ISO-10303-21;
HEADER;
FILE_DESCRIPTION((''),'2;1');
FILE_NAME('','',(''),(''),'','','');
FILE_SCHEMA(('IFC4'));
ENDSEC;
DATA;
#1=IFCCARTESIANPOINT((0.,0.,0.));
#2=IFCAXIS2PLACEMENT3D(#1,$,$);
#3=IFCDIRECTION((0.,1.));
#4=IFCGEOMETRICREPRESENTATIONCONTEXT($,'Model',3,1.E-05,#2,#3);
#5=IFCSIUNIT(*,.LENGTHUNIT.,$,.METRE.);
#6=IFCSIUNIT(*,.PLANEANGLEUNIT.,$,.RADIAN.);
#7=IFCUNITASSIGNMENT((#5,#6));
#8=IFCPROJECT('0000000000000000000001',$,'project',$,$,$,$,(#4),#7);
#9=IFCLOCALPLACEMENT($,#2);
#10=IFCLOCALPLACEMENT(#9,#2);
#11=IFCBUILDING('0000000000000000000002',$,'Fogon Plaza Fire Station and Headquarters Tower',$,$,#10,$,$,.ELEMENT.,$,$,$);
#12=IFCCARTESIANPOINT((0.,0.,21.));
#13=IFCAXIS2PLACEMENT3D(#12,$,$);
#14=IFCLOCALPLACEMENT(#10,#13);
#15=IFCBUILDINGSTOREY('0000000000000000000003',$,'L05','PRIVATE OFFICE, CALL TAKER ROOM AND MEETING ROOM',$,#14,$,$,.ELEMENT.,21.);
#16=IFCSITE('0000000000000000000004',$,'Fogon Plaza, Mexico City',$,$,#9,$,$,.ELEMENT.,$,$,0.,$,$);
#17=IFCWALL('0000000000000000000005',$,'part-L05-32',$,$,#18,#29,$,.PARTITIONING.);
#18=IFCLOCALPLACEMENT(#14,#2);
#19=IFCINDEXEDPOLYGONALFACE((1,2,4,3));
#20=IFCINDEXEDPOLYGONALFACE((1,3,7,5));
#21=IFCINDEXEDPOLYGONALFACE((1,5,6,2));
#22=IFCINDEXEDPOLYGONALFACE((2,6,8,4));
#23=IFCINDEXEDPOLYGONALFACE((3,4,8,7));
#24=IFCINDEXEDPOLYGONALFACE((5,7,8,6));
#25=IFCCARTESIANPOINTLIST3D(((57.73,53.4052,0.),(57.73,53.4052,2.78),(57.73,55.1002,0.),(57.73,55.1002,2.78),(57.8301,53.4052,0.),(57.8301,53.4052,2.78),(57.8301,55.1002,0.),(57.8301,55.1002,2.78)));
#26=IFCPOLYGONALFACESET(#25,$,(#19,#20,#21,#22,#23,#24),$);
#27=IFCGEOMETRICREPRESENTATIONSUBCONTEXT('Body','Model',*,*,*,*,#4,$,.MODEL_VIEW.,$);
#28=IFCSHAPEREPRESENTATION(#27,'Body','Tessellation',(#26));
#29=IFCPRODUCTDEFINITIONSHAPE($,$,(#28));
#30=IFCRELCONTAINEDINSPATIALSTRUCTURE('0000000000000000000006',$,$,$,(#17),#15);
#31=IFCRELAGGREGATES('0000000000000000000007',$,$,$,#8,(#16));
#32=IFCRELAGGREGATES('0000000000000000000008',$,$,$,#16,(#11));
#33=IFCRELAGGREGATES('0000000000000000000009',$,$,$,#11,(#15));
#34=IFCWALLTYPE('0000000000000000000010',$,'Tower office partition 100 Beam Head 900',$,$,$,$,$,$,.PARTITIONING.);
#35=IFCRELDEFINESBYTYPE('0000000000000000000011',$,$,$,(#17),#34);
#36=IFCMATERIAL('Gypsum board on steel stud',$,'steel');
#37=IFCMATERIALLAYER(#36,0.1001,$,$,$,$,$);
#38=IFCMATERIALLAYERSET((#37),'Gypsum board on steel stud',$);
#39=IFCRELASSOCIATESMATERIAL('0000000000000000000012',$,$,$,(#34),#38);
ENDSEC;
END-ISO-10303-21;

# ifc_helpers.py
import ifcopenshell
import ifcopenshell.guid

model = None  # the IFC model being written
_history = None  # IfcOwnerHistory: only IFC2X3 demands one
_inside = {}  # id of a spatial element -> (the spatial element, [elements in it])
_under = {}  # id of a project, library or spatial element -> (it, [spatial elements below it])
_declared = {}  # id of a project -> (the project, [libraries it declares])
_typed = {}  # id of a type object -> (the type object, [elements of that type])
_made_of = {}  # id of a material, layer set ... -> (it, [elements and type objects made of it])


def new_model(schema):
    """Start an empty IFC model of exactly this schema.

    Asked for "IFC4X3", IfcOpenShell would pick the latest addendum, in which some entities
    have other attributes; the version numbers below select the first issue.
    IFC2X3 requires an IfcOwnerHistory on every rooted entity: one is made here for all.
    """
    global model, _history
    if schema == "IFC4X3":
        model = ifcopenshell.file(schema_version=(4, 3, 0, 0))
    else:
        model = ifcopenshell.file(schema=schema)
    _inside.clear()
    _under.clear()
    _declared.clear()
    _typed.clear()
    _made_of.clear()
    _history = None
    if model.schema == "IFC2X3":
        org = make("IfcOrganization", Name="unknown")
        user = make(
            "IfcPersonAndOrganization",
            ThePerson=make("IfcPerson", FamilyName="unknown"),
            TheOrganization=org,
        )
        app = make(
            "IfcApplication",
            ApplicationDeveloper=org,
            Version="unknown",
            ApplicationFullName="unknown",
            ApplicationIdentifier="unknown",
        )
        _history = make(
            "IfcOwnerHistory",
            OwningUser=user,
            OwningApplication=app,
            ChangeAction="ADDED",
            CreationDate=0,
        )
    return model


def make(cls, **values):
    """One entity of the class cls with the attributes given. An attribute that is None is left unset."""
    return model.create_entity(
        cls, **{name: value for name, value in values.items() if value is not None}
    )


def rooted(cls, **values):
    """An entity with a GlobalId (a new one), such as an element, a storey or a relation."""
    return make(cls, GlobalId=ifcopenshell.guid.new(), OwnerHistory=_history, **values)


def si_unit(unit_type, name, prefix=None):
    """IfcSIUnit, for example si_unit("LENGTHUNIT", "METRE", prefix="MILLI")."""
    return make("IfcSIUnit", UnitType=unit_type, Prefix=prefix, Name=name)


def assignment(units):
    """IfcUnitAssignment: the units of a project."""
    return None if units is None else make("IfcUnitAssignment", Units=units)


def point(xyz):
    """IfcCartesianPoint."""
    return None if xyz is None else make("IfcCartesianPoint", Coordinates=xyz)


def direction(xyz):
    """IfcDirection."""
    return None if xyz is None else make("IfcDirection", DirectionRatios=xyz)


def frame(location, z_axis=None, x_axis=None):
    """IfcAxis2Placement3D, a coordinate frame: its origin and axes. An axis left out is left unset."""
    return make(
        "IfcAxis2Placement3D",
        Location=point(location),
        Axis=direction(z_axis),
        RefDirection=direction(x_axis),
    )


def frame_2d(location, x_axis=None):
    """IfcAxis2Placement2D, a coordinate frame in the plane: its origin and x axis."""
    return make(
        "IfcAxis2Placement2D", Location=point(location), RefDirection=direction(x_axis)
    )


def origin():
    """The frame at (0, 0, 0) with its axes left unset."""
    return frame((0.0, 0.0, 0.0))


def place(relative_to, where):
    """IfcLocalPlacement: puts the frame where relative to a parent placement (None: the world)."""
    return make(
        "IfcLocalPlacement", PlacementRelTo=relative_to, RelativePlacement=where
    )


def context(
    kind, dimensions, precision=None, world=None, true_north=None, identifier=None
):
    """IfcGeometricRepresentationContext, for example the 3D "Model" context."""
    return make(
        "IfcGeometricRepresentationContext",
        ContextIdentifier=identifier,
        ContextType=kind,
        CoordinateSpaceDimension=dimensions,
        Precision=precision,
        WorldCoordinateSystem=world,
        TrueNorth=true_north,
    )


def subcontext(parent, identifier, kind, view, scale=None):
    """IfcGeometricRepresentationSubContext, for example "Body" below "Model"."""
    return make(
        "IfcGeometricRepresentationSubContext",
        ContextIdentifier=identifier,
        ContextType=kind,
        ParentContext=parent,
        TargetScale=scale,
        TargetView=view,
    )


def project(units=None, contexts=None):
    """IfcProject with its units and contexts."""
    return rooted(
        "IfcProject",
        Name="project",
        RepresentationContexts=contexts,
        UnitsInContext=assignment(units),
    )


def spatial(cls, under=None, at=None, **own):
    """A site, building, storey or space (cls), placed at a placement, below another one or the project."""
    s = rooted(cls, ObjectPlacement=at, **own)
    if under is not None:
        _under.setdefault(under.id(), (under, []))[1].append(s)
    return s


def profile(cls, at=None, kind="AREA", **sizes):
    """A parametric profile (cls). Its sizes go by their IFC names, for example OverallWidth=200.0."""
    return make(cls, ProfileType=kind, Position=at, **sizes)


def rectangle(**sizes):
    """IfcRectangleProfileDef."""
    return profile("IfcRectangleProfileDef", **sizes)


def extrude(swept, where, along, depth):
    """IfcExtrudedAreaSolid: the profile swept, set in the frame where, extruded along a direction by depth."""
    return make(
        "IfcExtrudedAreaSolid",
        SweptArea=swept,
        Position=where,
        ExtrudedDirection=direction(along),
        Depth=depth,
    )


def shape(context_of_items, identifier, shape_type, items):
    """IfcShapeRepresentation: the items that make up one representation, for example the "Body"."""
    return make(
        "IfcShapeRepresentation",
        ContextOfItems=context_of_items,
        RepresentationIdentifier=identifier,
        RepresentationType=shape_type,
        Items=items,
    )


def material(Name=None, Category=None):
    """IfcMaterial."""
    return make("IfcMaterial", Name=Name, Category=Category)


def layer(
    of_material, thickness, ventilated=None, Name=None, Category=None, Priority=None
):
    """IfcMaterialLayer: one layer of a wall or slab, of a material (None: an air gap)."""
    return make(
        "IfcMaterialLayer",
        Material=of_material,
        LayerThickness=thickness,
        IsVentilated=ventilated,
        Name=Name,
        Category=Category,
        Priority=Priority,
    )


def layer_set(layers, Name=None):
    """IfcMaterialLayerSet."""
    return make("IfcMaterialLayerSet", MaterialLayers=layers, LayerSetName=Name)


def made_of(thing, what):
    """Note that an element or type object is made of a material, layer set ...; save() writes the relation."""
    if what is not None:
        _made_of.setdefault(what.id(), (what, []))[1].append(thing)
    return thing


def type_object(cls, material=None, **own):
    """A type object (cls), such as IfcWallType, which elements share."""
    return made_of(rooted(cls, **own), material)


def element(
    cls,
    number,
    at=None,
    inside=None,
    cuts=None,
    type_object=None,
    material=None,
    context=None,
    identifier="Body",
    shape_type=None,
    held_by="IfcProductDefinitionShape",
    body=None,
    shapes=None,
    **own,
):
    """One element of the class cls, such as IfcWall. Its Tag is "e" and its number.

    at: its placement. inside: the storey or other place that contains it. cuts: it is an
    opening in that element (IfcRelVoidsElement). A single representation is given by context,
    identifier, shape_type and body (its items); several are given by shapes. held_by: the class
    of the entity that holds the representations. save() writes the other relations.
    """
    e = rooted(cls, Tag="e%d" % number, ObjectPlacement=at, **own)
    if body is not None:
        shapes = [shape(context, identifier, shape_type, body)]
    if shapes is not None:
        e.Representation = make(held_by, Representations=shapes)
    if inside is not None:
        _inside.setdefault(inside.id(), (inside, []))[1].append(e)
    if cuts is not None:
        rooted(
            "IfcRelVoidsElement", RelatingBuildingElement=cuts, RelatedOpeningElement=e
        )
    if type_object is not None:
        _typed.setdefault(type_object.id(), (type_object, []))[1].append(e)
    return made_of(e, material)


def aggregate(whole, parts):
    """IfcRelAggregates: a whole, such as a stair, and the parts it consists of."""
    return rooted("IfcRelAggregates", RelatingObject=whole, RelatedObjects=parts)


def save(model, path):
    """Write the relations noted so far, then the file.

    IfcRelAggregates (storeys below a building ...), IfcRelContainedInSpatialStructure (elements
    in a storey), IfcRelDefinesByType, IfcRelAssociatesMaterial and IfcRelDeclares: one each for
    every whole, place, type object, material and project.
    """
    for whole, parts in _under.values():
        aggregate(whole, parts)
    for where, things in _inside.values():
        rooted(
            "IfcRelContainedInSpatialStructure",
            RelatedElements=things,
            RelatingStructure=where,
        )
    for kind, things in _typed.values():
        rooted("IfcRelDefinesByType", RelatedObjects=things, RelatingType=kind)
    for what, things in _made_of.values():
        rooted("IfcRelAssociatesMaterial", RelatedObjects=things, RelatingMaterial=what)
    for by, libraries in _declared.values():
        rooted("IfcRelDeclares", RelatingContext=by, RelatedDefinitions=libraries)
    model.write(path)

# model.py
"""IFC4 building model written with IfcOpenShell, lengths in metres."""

from ifc_helpers import new_model, si_unit, direction, frame, frame_2d, origin, place, context, subcontext, project, spatial, rectangle, extrude, material, layer, layer_set, type_object, element, save


model = new_model("IFC4")

# Units and contexts
model_context = context("Model", 3, precision=1e-05, world=origin(), true_north=direction((0.0, 1.0)))
body_context = subcontext(model_context, "Body", "Model", "MODEL_VIEW")
ifc_project = project(units=[si_unit("LENGTHUNIT", "METRE"), si_unit("PLANEANGLEUNIT", "RADIAN")], contexts=[model_context])

# Site, building, storey
site_placement = place(None, origin())
site = spatial("IfcSite", under=ifc_project, at=site_placement, Name="Fogon Plaza, Mexico City", CompositionType="ELEMENT", RefElevation=0.0)
building_placement = place(site_placement, origin())
building = spatial("IfcBuilding", under=site, at=building_placement, Name="Fogon Plaza Fire Station and Headquarters Tower", CompositionType="ELEMENT")
storey_placement = place(building_placement, frame((0.0, 0.0, 21.0)))
storey = spatial("IfcBuildingStorey", under=building, at=storey_placement, Name="L05", Description="PRIVATE OFFICE, CALL TAKER ROOM AND MEETING ROOM", CompositionType="ELEMENT", Elevation=21.0)

# Wall
ifc_material_1 = material(Name="Gypsum board on steel stud", Category="steel")
ifc_layer_1 = layer(ifc_material_1, 0.1001)
ifc_layer_set_1 = layer_set([ifc_layer_1], Name="Gypsum board on steel stud")
wall_type_1 = type_object("IfcWallType", Name="Tower office partition 100 Beam Head 900", PredefinedType="PARTITIONING", material=ifc_layer_set_1)
wall_1_placement = place(storey_placement, frame((57.78, 53.405, 0.0), z_axis=(0.0, 0.0, 1.0), x_axis=(0.0, 1.0, 0.0)))
element("IfcWall", 1, at=wall_1_placement, inside=storey, type_object=wall_type_1, Name="part-L05-32", PredefinedType="PARTITIONING", context=body_context, shape_type="SweptSolid", body=[
    extrude(rectangle(XDim=1.6951, YDim=0.1001, at=frame_2d((0.8477, 0.0))), origin(), (0.0, 0.0, 1.0), 2.78),
])

save(model, "model.ifc")
